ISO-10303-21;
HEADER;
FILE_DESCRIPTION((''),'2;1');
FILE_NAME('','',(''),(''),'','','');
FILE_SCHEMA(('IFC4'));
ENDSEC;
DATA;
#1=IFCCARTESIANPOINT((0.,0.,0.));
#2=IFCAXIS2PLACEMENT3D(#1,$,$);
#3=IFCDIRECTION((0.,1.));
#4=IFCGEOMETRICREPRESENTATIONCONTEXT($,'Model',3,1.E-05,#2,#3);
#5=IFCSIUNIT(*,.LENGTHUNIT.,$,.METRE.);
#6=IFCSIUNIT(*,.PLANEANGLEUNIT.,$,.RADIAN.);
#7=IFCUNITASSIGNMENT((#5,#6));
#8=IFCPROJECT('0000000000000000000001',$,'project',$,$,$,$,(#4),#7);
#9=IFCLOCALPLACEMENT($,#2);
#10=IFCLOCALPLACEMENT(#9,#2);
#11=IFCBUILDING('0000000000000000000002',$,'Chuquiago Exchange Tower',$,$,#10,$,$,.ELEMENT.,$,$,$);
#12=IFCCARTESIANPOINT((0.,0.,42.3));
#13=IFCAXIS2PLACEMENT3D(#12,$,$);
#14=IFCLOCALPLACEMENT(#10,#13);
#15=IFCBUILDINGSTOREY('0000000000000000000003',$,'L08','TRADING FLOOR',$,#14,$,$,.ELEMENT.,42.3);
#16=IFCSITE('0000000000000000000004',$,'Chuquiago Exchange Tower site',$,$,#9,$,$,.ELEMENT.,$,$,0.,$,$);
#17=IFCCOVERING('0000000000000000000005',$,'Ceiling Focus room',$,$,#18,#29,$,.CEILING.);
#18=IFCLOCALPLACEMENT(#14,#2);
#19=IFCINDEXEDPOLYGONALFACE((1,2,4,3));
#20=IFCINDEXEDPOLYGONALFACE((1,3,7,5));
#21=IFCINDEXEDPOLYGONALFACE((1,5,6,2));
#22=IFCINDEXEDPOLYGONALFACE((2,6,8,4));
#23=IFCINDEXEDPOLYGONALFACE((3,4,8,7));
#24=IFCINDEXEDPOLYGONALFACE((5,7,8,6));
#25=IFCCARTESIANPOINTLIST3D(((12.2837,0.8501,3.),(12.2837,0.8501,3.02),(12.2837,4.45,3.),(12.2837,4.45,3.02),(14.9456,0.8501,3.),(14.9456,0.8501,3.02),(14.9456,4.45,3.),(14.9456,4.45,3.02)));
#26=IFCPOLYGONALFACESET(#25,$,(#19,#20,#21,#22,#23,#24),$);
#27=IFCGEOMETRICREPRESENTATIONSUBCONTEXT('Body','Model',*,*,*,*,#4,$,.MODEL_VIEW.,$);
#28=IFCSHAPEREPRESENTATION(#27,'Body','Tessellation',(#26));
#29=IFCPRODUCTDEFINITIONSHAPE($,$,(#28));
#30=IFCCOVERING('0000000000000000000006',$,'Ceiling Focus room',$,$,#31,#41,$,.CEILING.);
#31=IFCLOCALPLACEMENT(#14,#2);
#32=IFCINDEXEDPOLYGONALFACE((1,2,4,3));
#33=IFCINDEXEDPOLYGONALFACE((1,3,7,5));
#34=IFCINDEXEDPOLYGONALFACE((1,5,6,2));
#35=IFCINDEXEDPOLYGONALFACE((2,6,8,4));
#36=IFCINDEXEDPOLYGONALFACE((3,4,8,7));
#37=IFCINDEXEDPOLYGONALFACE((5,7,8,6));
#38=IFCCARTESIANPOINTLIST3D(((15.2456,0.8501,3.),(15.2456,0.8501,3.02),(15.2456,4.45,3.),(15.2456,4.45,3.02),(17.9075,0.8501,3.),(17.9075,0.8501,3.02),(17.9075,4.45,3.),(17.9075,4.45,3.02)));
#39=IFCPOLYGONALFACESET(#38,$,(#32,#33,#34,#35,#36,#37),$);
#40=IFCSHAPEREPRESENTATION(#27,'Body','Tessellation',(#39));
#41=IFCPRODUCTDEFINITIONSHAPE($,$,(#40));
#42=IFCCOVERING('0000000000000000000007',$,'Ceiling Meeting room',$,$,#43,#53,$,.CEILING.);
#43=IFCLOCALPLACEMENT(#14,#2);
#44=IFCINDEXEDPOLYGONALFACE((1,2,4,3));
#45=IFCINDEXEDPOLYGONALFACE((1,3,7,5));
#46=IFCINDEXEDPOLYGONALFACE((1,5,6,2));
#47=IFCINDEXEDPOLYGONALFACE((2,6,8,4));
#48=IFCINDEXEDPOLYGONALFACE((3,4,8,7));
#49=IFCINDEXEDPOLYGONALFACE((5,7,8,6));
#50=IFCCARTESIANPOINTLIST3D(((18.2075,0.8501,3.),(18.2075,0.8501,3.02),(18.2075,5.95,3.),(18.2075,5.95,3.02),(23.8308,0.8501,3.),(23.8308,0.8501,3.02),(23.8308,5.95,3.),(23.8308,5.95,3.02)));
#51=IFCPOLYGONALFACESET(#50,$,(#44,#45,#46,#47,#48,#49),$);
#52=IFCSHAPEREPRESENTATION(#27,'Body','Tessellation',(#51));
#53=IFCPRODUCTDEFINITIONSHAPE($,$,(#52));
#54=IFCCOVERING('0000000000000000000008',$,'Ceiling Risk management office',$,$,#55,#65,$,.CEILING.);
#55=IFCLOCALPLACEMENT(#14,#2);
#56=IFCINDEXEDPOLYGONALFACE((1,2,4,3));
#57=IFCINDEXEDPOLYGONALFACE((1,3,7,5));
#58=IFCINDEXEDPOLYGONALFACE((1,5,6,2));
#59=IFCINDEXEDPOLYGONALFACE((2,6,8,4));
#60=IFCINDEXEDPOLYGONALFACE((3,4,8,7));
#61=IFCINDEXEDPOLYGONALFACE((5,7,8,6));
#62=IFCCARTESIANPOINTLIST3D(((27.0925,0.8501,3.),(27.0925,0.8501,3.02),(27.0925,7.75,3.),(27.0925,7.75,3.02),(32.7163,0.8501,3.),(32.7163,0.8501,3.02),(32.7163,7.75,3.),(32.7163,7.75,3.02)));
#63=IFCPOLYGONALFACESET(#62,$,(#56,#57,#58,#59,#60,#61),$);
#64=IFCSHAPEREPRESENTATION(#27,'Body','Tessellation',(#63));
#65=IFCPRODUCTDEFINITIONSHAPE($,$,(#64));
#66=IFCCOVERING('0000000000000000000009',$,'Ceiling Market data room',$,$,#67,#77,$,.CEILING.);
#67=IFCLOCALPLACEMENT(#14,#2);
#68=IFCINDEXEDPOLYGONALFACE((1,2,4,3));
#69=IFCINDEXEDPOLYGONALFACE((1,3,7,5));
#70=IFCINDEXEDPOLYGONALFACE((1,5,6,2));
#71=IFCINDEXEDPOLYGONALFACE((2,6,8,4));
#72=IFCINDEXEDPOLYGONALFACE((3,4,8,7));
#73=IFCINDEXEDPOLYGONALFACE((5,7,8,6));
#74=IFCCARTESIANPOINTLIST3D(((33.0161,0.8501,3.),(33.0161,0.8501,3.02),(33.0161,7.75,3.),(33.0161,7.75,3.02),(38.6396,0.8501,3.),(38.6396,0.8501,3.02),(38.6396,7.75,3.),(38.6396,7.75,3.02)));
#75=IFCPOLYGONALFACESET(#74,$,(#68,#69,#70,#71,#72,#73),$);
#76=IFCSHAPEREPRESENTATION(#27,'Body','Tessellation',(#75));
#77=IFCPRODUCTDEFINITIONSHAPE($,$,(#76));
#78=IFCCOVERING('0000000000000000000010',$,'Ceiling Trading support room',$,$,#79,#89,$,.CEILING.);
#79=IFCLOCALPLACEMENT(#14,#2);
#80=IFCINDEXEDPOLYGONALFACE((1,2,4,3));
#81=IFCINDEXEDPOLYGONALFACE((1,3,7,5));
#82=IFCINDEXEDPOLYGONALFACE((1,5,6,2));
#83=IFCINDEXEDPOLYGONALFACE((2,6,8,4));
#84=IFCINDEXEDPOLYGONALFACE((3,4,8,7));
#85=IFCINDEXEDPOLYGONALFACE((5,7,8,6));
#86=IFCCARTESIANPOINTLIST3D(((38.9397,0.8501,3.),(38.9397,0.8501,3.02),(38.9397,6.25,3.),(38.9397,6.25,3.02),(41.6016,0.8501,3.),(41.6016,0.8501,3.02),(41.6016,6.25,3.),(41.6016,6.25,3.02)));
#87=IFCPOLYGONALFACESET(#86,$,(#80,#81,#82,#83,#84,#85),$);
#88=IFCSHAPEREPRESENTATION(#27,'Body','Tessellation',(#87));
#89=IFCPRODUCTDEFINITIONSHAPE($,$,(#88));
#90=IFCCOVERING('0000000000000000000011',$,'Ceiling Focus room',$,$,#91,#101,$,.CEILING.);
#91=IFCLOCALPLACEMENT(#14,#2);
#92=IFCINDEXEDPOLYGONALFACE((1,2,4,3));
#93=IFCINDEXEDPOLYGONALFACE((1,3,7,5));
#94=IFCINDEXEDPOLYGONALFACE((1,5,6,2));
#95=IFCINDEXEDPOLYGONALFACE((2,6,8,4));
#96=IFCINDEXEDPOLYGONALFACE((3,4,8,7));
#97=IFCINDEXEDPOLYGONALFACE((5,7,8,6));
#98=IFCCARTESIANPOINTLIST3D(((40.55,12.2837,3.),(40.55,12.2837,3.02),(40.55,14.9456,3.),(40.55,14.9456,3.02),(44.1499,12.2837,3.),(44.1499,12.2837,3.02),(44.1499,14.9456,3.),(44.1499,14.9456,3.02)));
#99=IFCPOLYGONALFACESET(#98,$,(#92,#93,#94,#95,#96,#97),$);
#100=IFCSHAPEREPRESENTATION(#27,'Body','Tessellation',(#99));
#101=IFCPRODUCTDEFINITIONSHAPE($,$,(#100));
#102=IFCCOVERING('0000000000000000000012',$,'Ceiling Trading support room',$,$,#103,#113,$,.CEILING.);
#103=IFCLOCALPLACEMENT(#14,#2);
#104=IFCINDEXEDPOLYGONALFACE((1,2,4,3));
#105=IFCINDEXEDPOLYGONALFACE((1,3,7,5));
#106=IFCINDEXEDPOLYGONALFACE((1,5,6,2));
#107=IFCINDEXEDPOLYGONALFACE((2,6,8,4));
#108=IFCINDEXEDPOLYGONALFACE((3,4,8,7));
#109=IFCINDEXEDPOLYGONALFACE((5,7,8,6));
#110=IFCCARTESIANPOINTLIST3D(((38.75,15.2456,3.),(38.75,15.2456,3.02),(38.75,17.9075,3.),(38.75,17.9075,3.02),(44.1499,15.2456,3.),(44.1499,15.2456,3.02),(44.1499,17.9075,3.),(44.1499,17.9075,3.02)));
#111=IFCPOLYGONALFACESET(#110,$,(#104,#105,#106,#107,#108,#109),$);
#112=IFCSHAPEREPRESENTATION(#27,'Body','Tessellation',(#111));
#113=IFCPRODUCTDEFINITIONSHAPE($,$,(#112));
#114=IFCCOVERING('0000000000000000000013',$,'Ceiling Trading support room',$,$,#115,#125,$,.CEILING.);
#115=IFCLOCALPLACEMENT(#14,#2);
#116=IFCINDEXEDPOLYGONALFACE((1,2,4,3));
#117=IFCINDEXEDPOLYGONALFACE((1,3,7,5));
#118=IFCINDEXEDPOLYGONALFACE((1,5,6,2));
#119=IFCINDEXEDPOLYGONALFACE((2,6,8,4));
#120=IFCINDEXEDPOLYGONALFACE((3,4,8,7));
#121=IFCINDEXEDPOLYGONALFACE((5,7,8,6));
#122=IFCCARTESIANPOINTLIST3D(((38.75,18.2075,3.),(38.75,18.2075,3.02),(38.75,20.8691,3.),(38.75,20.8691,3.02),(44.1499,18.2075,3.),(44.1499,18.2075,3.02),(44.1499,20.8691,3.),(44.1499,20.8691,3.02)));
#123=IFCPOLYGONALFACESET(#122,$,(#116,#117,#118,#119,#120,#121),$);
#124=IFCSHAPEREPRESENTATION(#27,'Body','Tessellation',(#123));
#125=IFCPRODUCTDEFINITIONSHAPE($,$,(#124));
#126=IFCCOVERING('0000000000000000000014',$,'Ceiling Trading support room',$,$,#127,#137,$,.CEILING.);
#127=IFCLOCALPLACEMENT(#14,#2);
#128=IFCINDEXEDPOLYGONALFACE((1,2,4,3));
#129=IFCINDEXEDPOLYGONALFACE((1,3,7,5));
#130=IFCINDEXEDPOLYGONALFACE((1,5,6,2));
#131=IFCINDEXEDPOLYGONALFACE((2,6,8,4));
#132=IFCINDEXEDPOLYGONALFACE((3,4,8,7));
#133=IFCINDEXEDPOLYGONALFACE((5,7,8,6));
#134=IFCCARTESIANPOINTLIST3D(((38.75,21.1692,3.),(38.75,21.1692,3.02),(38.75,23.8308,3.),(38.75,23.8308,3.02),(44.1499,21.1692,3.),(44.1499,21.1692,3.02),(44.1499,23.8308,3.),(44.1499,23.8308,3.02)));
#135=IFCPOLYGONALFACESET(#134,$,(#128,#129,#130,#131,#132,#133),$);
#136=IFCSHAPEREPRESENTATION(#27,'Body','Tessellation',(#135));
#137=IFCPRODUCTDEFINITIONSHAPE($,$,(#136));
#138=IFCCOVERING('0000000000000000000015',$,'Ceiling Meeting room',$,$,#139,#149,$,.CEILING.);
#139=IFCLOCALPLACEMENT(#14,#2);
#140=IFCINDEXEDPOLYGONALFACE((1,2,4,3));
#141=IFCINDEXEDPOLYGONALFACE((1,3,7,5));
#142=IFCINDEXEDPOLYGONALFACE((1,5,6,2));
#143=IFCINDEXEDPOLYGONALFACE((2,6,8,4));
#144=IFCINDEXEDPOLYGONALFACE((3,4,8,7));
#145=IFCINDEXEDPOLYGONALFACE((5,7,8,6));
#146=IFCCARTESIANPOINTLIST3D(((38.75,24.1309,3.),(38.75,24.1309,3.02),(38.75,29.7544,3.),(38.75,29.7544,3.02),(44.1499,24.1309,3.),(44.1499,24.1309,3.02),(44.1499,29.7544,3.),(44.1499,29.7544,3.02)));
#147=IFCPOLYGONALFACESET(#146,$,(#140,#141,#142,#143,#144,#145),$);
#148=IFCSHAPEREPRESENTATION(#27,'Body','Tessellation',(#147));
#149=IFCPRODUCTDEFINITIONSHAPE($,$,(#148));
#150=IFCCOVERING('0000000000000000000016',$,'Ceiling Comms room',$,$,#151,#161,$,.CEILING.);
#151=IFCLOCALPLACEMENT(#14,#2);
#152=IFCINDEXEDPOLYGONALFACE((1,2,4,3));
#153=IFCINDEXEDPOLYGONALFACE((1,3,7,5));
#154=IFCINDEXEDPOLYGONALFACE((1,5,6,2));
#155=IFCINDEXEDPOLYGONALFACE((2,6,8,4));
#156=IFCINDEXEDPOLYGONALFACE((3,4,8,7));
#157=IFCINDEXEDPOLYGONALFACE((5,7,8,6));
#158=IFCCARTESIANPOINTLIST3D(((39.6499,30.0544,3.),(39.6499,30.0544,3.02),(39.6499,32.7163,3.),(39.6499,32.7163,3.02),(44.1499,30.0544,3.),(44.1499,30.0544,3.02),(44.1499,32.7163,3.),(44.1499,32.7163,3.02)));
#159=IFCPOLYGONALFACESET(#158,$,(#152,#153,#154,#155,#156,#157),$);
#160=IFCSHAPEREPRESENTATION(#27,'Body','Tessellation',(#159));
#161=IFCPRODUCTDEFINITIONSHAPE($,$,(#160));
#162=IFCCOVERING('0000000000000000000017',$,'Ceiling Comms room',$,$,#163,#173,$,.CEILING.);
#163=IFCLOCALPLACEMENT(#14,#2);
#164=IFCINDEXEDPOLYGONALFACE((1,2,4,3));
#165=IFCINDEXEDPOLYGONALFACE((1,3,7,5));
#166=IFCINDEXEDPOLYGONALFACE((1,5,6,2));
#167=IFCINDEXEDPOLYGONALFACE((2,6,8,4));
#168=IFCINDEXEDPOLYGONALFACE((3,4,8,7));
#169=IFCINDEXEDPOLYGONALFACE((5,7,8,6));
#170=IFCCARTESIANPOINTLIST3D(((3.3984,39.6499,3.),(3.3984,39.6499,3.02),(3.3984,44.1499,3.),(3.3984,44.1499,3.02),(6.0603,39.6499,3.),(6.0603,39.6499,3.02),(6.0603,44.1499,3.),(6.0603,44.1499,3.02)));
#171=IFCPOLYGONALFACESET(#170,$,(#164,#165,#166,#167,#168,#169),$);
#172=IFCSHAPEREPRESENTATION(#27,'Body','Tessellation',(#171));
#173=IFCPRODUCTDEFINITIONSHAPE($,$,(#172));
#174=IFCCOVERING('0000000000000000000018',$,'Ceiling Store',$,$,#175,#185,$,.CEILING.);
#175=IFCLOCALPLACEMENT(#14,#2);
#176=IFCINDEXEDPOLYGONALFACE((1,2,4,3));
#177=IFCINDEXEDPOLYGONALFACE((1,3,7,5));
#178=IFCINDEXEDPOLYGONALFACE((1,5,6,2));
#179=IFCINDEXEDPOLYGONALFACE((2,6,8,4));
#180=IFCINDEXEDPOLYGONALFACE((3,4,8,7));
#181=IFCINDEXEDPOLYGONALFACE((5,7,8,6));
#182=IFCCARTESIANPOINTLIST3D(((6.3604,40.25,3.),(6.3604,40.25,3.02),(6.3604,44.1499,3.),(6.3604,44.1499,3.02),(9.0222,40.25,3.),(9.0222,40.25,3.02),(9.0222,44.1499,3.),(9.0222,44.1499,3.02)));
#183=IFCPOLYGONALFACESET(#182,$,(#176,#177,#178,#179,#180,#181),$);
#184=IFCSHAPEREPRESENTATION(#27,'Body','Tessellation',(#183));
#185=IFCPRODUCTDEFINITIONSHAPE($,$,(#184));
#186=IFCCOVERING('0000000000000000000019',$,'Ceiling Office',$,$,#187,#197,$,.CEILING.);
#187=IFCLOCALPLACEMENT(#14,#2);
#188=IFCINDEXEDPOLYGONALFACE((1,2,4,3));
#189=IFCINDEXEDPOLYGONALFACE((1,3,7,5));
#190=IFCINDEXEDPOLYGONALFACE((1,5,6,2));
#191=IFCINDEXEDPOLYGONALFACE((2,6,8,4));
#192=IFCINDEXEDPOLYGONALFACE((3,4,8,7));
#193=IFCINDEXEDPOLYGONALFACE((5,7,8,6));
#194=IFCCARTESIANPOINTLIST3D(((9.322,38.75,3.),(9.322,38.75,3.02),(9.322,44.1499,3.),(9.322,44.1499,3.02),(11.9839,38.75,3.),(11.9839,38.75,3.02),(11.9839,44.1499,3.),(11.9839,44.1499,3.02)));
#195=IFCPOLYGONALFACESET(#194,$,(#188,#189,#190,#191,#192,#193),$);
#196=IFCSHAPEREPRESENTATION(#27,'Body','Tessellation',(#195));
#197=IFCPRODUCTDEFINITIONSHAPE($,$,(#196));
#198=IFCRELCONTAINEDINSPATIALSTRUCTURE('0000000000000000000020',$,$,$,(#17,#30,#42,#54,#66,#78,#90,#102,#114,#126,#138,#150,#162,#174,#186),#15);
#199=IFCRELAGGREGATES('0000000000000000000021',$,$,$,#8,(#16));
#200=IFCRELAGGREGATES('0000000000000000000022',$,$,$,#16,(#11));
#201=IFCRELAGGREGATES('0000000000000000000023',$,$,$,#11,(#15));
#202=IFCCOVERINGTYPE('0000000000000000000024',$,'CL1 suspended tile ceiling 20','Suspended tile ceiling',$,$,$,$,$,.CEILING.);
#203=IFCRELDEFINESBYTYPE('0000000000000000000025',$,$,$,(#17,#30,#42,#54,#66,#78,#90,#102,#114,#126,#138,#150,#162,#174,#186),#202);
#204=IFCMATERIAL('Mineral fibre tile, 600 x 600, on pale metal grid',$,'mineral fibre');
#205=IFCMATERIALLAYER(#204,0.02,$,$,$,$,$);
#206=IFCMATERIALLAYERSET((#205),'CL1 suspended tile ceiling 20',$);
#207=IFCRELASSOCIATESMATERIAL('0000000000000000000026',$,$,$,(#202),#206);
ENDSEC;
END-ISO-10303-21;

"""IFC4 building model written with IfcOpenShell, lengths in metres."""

from ifc_helpers import new_model, si_unit, direction, frame, origin, place, context, subcontext, project, spatial, polyline, outline, extrude, material, layer, layer_set, type_object, element, save


model = new_model("IFC4")

# Units and contexts
model_context = context("Model", 3, precision=1e-05, world=origin(), true_north=direction((0.0, 1.0)))
body_context = subcontext(model_context, "Body", "Model", "MODEL_VIEW")
ifc_project = project(units=[si_unit("LENGTHUNIT", "METRE"), si_unit("PLANEANGLEUNIT", "RADIAN")], contexts=[model_context])

# Site, building, storey
site_placement = place(None, origin())
site = spatial("IfcSite", under=ifc_project, at=site_placement, Name="Chuquiago Exchange Tower site", CompositionType="ELEMENT", RefElevation=0.0)
building_placement = place(site_placement, origin())
building = spatial("IfcBuilding", under=site, at=building_placement, Name="Chuquiago Exchange Tower", CompositionType="ELEMENT")
storey_placement = place(building_placement, frame((0.0, 0.0, 42.3)))
storey = spatial("IfcBuildingStorey", under=building, at=storey_placement, Name="L08", Description="TRADING FLOOR", CompositionType="ELEMENT", Elevation=42.3)

# Coverings
ifc_material_1 = material(Name="Mineral fibre tile, 600 x 600, on pale metal grid", Category="mineral fibre")
ifc_layer_1 = layer(ifc_material_1, 0.02)
ifc_layer_set_1 = layer_set([ifc_layer_1], Name="CL1 suspended tile ceiling 20")
covering_type_1 = type_object("IfcCoveringType", Name="CL1 suspended tile ceiling 20", Description="Suspended tile ceiling", PredefinedType="CEILING", material=ifc_layer_set_1)
covering_1_placement = place(storey_placement, frame((0.0, 0.0, 3.0)))
element("IfcCovering", 1, at=covering_1_placement, inside=storey, type_object=covering_type_1, Name="Ceiling Focus room", PredefinedType="CEILING", context=body_context, shape_type="SweptSolid", body=[
    extrude(outline(polyline([(12.2837, 4.45), (14.9456, 4.45), (14.9456, 0.8501), (12.2837, 0.8501), (12.2837, 4.45)])), origin(), (0.0, 0.0, 1.0), 0.02),
])
covering_2_placement = place(storey_placement, frame((0.0, 0.0, 3.0)))
element("IfcCovering", 2, at=covering_2_placement, inside=storey, type_object=covering_type_1, Name="Ceiling Focus room", PredefinedType="CEILING", context=body_context, shape_type="SweptSolid", body=[
    extrude(outline(polyline([(15.2456, 4.45), (17.9075, 4.45), (17.9075, 0.8501), (15.2456, 0.8501), (15.2456, 4.45)])), origin(), (0.0, 0.0, 1.0), 0.02),
])
covering_3_placement = place(storey_placement, frame((0.0, 0.0, 3.0)))
element("IfcCovering", 3, at=covering_3_placement, inside=storey, type_object=covering_type_1, Name="Ceiling Meeting room", PredefinedType="CEILING", context=body_context, shape_type="SweptSolid", body=[
    extrude(outline(polyline([(18.2075, 5.95), (23.8308, 5.95), (23.8308, 0.8501), (18.2075, 0.8501), (18.2075, 5.95)])), origin(), (0.0, 0.0, 1.0), 0.02),
])
covering_4_placement = place(storey_placement, frame((0.0, 0.0, 3.0)))
element("IfcCovering", 4, at=covering_4_placement, inside=storey, type_object=covering_type_1, Name="Ceiling Risk management office", PredefinedType="CEILING", context=body_context, shape_type="SweptSolid", body=[
    extrude(outline(polyline([(27.0925, 7.75), (32.7163, 7.75), (32.7163, 0.8501), (27.0925, 0.8501), (27.0925, 7.75)])), origin(), (0.0, 0.0, 1.0), 0.02),
])
covering_5_placement = place(storey_placement, frame((0.0, 0.0, 3.0)))
element("IfcCovering", 5, at=covering_5_placement, inside=storey, type_object=covering_type_1, Name="Ceiling Market data room", PredefinedType="CEILING", context=body_context, shape_type="SweptSolid", body=[
    extrude(outline(polyline([(33.0161, 7.75), (38.6396, 7.75), (38.6396, 0.8501), (33.0161, 0.8501), (33.0161, 7.75)])), origin(), (0.0, 0.0, 1.0), 0.02),
])
covering_6_placement = place(storey_placement, frame((0.0, 0.0, 3.0)))
element("IfcCovering", 6, at=covering_6_placement, inside=storey, type_object=covering_type_1, Name="Ceiling Trading support room", PredefinedType="CEILING", context=body_context, shape_type="SweptSolid", body=[
    extrude(outline(polyline([(38.9397, 0.8501), (38.9397, 6.25), (41.6016, 6.25), (41.6016, 0.8501), (38.9397, 0.8501)])), origin(), (0.0, 0.0, 1.0), 0.02),
])
covering_7_placement = place(storey_placement, frame((0.0, 0.0, 3.0)))
element("IfcCovering", 7, at=covering_7_placement, inside=storey, type_object=covering_type_1, Name="Ceiling Focus room", PredefinedType="CEILING", context=body_context, shape_type="SweptSolid", body=[
    extrude(outline(polyline([(40.55, 12.2837), (40.55, 14.9456), (44.1499, 14.9456), (44.1499, 12.2837), (40.55, 12.2837)])), origin(), (0.0, 0.0, 1.0), 0.02),
])
covering_8_placement = place(storey_placement, frame((0.0, 0.0, 3.0)))
element("IfcCovering", 8, at=covering_8_placement, inside=storey, type_object=covering_type_1, Name="Ceiling Trading support room", PredefinedType="CEILING", context=body_context, shape_type="SweptSolid", body=[
    extrude(outline(polyline([(38.75, 15.2456), (38.75, 17.9075), (44.1499, 17.9075), (44.1499, 15.2456), (38.75, 15.2456)])), origin(), (0.0, 0.0, 1.0), 0.02),
])
covering_9_placement = place(storey_placement, frame((0.0, 0.0, 3.0)))
element("IfcCovering", 9, at=covering_9_placement, inside=storey, type_object=covering_type_1, Name="Ceiling Trading support room", PredefinedType="CEILING", context=body_context, shape_type="SweptSolid", body=[
    extrude(outline(polyline([(38.75, 18.2075), (38.75, 20.8691), (44.1499, 20.8691), (44.1499, 18.2075), (38.75, 18.2075)])), origin(), (0.0, 0.0, 1.0), 0.02),
])
covering_10_placement = place(storey_placement, frame((0.0, 0.0, 3.0)))
element("IfcCovering", 10, at=covering_10_placement, inside=storey, type_object=covering_type_1, Name="Ceiling Trading support room", PredefinedType="CEILING", context=body_context, shape_type="SweptSolid", body=[
    extrude(outline(polyline([(38.75, 21.1692), (38.75, 23.8308), (44.1499, 23.8308), (44.1499, 21.1692), (38.75, 21.1692)])), origin(), (0.0, 0.0, 1.0), 0.02),
])
covering_11_placement = place(storey_placement, frame((0.0, 0.0, 3.0)))
element("IfcCovering", 11, at=covering_11_placement, inside=storey, type_object=covering_type_1, Name="Ceiling Meeting room", PredefinedType="CEILING", context=body_context, shape_type="SweptSolid", body=[
    extrude(outline(polyline([(38.75, 24.1309), (38.75, 29.7544), (44.1499, 29.7544), (44.1499, 24.1309), (38.75, 24.1309)])), origin(), (0.0, 0.0, 1.0), 0.02),
])
covering_12_placement = place(storey_placement, frame((0.0, 0.0, 3.0)))
element("IfcCovering", 12, at=covering_12_placement, inside=storey, type_object=covering_type_1, Name="Ceiling Comms room", PredefinedType="CEILING", context=body_context, shape_type="SweptSolid", body=[
    extrude(outline(polyline([(39.6499, 30.0544), (39.6499, 32.7163), (44.1499, 32.7163), (44.1499, 30.0544), (39.6499, 30.0544)])), origin(), (0.0, 0.0, 1.0), 0.02),
])
covering_13_placement = place(storey_placement, frame((0.0, 0.0, 3.0)))
element("IfcCovering", 13, at=covering_13_placement, inside=storey, type_object=covering_type_1, Name="Ceiling Comms room", PredefinedType="CEILING", context=body_context, shape_type="SweptSolid", body=[
    extrude(outline(polyline([(6.0603, 44.1499), (6.0603, 39.6499), (3.3984, 39.6499), (3.3984, 44.1499), (6.0603, 44.1499)])), origin(), (0.0, 0.0, 1.0), 0.02),
])
covering_14_placement = place(storey_placement, frame((0.0, 0.0, 3.0)))
element("IfcCovering", 14, at=covering_14_placement, inside=storey, type_object=covering_type_1, Name="Ceiling Store", PredefinedType="CEILING", context=body_context, shape_type="SweptSolid", body=[
    extrude(outline(polyline([(9.0222, 40.25), (6.3604, 40.25), (6.3604, 44.1499), (9.0222, 44.1499), (9.0222, 40.25)])), origin(), (0.0, 0.0, 1.0), 0.02),
])
covering_15_placement = place(storey_placement, frame((0.0, 0.0, 3.0)))
element("IfcCovering", 15, at=covering_15_placement, inside=storey, type_object=covering_type_1, Name="Ceiling Office", PredefinedType="CEILING", context=body_context, shape_type="SweptSolid", body=[
    extrude(outline(polyline([(11.9839, 38.75), (9.322, 38.75), (9.322, 44.1499), (11.9839, 44.1499), (11.9839, 38.75)])), origin(), (0.0, 0.0, 1.0), 0.02),
])

save(model, "model.ifc")
